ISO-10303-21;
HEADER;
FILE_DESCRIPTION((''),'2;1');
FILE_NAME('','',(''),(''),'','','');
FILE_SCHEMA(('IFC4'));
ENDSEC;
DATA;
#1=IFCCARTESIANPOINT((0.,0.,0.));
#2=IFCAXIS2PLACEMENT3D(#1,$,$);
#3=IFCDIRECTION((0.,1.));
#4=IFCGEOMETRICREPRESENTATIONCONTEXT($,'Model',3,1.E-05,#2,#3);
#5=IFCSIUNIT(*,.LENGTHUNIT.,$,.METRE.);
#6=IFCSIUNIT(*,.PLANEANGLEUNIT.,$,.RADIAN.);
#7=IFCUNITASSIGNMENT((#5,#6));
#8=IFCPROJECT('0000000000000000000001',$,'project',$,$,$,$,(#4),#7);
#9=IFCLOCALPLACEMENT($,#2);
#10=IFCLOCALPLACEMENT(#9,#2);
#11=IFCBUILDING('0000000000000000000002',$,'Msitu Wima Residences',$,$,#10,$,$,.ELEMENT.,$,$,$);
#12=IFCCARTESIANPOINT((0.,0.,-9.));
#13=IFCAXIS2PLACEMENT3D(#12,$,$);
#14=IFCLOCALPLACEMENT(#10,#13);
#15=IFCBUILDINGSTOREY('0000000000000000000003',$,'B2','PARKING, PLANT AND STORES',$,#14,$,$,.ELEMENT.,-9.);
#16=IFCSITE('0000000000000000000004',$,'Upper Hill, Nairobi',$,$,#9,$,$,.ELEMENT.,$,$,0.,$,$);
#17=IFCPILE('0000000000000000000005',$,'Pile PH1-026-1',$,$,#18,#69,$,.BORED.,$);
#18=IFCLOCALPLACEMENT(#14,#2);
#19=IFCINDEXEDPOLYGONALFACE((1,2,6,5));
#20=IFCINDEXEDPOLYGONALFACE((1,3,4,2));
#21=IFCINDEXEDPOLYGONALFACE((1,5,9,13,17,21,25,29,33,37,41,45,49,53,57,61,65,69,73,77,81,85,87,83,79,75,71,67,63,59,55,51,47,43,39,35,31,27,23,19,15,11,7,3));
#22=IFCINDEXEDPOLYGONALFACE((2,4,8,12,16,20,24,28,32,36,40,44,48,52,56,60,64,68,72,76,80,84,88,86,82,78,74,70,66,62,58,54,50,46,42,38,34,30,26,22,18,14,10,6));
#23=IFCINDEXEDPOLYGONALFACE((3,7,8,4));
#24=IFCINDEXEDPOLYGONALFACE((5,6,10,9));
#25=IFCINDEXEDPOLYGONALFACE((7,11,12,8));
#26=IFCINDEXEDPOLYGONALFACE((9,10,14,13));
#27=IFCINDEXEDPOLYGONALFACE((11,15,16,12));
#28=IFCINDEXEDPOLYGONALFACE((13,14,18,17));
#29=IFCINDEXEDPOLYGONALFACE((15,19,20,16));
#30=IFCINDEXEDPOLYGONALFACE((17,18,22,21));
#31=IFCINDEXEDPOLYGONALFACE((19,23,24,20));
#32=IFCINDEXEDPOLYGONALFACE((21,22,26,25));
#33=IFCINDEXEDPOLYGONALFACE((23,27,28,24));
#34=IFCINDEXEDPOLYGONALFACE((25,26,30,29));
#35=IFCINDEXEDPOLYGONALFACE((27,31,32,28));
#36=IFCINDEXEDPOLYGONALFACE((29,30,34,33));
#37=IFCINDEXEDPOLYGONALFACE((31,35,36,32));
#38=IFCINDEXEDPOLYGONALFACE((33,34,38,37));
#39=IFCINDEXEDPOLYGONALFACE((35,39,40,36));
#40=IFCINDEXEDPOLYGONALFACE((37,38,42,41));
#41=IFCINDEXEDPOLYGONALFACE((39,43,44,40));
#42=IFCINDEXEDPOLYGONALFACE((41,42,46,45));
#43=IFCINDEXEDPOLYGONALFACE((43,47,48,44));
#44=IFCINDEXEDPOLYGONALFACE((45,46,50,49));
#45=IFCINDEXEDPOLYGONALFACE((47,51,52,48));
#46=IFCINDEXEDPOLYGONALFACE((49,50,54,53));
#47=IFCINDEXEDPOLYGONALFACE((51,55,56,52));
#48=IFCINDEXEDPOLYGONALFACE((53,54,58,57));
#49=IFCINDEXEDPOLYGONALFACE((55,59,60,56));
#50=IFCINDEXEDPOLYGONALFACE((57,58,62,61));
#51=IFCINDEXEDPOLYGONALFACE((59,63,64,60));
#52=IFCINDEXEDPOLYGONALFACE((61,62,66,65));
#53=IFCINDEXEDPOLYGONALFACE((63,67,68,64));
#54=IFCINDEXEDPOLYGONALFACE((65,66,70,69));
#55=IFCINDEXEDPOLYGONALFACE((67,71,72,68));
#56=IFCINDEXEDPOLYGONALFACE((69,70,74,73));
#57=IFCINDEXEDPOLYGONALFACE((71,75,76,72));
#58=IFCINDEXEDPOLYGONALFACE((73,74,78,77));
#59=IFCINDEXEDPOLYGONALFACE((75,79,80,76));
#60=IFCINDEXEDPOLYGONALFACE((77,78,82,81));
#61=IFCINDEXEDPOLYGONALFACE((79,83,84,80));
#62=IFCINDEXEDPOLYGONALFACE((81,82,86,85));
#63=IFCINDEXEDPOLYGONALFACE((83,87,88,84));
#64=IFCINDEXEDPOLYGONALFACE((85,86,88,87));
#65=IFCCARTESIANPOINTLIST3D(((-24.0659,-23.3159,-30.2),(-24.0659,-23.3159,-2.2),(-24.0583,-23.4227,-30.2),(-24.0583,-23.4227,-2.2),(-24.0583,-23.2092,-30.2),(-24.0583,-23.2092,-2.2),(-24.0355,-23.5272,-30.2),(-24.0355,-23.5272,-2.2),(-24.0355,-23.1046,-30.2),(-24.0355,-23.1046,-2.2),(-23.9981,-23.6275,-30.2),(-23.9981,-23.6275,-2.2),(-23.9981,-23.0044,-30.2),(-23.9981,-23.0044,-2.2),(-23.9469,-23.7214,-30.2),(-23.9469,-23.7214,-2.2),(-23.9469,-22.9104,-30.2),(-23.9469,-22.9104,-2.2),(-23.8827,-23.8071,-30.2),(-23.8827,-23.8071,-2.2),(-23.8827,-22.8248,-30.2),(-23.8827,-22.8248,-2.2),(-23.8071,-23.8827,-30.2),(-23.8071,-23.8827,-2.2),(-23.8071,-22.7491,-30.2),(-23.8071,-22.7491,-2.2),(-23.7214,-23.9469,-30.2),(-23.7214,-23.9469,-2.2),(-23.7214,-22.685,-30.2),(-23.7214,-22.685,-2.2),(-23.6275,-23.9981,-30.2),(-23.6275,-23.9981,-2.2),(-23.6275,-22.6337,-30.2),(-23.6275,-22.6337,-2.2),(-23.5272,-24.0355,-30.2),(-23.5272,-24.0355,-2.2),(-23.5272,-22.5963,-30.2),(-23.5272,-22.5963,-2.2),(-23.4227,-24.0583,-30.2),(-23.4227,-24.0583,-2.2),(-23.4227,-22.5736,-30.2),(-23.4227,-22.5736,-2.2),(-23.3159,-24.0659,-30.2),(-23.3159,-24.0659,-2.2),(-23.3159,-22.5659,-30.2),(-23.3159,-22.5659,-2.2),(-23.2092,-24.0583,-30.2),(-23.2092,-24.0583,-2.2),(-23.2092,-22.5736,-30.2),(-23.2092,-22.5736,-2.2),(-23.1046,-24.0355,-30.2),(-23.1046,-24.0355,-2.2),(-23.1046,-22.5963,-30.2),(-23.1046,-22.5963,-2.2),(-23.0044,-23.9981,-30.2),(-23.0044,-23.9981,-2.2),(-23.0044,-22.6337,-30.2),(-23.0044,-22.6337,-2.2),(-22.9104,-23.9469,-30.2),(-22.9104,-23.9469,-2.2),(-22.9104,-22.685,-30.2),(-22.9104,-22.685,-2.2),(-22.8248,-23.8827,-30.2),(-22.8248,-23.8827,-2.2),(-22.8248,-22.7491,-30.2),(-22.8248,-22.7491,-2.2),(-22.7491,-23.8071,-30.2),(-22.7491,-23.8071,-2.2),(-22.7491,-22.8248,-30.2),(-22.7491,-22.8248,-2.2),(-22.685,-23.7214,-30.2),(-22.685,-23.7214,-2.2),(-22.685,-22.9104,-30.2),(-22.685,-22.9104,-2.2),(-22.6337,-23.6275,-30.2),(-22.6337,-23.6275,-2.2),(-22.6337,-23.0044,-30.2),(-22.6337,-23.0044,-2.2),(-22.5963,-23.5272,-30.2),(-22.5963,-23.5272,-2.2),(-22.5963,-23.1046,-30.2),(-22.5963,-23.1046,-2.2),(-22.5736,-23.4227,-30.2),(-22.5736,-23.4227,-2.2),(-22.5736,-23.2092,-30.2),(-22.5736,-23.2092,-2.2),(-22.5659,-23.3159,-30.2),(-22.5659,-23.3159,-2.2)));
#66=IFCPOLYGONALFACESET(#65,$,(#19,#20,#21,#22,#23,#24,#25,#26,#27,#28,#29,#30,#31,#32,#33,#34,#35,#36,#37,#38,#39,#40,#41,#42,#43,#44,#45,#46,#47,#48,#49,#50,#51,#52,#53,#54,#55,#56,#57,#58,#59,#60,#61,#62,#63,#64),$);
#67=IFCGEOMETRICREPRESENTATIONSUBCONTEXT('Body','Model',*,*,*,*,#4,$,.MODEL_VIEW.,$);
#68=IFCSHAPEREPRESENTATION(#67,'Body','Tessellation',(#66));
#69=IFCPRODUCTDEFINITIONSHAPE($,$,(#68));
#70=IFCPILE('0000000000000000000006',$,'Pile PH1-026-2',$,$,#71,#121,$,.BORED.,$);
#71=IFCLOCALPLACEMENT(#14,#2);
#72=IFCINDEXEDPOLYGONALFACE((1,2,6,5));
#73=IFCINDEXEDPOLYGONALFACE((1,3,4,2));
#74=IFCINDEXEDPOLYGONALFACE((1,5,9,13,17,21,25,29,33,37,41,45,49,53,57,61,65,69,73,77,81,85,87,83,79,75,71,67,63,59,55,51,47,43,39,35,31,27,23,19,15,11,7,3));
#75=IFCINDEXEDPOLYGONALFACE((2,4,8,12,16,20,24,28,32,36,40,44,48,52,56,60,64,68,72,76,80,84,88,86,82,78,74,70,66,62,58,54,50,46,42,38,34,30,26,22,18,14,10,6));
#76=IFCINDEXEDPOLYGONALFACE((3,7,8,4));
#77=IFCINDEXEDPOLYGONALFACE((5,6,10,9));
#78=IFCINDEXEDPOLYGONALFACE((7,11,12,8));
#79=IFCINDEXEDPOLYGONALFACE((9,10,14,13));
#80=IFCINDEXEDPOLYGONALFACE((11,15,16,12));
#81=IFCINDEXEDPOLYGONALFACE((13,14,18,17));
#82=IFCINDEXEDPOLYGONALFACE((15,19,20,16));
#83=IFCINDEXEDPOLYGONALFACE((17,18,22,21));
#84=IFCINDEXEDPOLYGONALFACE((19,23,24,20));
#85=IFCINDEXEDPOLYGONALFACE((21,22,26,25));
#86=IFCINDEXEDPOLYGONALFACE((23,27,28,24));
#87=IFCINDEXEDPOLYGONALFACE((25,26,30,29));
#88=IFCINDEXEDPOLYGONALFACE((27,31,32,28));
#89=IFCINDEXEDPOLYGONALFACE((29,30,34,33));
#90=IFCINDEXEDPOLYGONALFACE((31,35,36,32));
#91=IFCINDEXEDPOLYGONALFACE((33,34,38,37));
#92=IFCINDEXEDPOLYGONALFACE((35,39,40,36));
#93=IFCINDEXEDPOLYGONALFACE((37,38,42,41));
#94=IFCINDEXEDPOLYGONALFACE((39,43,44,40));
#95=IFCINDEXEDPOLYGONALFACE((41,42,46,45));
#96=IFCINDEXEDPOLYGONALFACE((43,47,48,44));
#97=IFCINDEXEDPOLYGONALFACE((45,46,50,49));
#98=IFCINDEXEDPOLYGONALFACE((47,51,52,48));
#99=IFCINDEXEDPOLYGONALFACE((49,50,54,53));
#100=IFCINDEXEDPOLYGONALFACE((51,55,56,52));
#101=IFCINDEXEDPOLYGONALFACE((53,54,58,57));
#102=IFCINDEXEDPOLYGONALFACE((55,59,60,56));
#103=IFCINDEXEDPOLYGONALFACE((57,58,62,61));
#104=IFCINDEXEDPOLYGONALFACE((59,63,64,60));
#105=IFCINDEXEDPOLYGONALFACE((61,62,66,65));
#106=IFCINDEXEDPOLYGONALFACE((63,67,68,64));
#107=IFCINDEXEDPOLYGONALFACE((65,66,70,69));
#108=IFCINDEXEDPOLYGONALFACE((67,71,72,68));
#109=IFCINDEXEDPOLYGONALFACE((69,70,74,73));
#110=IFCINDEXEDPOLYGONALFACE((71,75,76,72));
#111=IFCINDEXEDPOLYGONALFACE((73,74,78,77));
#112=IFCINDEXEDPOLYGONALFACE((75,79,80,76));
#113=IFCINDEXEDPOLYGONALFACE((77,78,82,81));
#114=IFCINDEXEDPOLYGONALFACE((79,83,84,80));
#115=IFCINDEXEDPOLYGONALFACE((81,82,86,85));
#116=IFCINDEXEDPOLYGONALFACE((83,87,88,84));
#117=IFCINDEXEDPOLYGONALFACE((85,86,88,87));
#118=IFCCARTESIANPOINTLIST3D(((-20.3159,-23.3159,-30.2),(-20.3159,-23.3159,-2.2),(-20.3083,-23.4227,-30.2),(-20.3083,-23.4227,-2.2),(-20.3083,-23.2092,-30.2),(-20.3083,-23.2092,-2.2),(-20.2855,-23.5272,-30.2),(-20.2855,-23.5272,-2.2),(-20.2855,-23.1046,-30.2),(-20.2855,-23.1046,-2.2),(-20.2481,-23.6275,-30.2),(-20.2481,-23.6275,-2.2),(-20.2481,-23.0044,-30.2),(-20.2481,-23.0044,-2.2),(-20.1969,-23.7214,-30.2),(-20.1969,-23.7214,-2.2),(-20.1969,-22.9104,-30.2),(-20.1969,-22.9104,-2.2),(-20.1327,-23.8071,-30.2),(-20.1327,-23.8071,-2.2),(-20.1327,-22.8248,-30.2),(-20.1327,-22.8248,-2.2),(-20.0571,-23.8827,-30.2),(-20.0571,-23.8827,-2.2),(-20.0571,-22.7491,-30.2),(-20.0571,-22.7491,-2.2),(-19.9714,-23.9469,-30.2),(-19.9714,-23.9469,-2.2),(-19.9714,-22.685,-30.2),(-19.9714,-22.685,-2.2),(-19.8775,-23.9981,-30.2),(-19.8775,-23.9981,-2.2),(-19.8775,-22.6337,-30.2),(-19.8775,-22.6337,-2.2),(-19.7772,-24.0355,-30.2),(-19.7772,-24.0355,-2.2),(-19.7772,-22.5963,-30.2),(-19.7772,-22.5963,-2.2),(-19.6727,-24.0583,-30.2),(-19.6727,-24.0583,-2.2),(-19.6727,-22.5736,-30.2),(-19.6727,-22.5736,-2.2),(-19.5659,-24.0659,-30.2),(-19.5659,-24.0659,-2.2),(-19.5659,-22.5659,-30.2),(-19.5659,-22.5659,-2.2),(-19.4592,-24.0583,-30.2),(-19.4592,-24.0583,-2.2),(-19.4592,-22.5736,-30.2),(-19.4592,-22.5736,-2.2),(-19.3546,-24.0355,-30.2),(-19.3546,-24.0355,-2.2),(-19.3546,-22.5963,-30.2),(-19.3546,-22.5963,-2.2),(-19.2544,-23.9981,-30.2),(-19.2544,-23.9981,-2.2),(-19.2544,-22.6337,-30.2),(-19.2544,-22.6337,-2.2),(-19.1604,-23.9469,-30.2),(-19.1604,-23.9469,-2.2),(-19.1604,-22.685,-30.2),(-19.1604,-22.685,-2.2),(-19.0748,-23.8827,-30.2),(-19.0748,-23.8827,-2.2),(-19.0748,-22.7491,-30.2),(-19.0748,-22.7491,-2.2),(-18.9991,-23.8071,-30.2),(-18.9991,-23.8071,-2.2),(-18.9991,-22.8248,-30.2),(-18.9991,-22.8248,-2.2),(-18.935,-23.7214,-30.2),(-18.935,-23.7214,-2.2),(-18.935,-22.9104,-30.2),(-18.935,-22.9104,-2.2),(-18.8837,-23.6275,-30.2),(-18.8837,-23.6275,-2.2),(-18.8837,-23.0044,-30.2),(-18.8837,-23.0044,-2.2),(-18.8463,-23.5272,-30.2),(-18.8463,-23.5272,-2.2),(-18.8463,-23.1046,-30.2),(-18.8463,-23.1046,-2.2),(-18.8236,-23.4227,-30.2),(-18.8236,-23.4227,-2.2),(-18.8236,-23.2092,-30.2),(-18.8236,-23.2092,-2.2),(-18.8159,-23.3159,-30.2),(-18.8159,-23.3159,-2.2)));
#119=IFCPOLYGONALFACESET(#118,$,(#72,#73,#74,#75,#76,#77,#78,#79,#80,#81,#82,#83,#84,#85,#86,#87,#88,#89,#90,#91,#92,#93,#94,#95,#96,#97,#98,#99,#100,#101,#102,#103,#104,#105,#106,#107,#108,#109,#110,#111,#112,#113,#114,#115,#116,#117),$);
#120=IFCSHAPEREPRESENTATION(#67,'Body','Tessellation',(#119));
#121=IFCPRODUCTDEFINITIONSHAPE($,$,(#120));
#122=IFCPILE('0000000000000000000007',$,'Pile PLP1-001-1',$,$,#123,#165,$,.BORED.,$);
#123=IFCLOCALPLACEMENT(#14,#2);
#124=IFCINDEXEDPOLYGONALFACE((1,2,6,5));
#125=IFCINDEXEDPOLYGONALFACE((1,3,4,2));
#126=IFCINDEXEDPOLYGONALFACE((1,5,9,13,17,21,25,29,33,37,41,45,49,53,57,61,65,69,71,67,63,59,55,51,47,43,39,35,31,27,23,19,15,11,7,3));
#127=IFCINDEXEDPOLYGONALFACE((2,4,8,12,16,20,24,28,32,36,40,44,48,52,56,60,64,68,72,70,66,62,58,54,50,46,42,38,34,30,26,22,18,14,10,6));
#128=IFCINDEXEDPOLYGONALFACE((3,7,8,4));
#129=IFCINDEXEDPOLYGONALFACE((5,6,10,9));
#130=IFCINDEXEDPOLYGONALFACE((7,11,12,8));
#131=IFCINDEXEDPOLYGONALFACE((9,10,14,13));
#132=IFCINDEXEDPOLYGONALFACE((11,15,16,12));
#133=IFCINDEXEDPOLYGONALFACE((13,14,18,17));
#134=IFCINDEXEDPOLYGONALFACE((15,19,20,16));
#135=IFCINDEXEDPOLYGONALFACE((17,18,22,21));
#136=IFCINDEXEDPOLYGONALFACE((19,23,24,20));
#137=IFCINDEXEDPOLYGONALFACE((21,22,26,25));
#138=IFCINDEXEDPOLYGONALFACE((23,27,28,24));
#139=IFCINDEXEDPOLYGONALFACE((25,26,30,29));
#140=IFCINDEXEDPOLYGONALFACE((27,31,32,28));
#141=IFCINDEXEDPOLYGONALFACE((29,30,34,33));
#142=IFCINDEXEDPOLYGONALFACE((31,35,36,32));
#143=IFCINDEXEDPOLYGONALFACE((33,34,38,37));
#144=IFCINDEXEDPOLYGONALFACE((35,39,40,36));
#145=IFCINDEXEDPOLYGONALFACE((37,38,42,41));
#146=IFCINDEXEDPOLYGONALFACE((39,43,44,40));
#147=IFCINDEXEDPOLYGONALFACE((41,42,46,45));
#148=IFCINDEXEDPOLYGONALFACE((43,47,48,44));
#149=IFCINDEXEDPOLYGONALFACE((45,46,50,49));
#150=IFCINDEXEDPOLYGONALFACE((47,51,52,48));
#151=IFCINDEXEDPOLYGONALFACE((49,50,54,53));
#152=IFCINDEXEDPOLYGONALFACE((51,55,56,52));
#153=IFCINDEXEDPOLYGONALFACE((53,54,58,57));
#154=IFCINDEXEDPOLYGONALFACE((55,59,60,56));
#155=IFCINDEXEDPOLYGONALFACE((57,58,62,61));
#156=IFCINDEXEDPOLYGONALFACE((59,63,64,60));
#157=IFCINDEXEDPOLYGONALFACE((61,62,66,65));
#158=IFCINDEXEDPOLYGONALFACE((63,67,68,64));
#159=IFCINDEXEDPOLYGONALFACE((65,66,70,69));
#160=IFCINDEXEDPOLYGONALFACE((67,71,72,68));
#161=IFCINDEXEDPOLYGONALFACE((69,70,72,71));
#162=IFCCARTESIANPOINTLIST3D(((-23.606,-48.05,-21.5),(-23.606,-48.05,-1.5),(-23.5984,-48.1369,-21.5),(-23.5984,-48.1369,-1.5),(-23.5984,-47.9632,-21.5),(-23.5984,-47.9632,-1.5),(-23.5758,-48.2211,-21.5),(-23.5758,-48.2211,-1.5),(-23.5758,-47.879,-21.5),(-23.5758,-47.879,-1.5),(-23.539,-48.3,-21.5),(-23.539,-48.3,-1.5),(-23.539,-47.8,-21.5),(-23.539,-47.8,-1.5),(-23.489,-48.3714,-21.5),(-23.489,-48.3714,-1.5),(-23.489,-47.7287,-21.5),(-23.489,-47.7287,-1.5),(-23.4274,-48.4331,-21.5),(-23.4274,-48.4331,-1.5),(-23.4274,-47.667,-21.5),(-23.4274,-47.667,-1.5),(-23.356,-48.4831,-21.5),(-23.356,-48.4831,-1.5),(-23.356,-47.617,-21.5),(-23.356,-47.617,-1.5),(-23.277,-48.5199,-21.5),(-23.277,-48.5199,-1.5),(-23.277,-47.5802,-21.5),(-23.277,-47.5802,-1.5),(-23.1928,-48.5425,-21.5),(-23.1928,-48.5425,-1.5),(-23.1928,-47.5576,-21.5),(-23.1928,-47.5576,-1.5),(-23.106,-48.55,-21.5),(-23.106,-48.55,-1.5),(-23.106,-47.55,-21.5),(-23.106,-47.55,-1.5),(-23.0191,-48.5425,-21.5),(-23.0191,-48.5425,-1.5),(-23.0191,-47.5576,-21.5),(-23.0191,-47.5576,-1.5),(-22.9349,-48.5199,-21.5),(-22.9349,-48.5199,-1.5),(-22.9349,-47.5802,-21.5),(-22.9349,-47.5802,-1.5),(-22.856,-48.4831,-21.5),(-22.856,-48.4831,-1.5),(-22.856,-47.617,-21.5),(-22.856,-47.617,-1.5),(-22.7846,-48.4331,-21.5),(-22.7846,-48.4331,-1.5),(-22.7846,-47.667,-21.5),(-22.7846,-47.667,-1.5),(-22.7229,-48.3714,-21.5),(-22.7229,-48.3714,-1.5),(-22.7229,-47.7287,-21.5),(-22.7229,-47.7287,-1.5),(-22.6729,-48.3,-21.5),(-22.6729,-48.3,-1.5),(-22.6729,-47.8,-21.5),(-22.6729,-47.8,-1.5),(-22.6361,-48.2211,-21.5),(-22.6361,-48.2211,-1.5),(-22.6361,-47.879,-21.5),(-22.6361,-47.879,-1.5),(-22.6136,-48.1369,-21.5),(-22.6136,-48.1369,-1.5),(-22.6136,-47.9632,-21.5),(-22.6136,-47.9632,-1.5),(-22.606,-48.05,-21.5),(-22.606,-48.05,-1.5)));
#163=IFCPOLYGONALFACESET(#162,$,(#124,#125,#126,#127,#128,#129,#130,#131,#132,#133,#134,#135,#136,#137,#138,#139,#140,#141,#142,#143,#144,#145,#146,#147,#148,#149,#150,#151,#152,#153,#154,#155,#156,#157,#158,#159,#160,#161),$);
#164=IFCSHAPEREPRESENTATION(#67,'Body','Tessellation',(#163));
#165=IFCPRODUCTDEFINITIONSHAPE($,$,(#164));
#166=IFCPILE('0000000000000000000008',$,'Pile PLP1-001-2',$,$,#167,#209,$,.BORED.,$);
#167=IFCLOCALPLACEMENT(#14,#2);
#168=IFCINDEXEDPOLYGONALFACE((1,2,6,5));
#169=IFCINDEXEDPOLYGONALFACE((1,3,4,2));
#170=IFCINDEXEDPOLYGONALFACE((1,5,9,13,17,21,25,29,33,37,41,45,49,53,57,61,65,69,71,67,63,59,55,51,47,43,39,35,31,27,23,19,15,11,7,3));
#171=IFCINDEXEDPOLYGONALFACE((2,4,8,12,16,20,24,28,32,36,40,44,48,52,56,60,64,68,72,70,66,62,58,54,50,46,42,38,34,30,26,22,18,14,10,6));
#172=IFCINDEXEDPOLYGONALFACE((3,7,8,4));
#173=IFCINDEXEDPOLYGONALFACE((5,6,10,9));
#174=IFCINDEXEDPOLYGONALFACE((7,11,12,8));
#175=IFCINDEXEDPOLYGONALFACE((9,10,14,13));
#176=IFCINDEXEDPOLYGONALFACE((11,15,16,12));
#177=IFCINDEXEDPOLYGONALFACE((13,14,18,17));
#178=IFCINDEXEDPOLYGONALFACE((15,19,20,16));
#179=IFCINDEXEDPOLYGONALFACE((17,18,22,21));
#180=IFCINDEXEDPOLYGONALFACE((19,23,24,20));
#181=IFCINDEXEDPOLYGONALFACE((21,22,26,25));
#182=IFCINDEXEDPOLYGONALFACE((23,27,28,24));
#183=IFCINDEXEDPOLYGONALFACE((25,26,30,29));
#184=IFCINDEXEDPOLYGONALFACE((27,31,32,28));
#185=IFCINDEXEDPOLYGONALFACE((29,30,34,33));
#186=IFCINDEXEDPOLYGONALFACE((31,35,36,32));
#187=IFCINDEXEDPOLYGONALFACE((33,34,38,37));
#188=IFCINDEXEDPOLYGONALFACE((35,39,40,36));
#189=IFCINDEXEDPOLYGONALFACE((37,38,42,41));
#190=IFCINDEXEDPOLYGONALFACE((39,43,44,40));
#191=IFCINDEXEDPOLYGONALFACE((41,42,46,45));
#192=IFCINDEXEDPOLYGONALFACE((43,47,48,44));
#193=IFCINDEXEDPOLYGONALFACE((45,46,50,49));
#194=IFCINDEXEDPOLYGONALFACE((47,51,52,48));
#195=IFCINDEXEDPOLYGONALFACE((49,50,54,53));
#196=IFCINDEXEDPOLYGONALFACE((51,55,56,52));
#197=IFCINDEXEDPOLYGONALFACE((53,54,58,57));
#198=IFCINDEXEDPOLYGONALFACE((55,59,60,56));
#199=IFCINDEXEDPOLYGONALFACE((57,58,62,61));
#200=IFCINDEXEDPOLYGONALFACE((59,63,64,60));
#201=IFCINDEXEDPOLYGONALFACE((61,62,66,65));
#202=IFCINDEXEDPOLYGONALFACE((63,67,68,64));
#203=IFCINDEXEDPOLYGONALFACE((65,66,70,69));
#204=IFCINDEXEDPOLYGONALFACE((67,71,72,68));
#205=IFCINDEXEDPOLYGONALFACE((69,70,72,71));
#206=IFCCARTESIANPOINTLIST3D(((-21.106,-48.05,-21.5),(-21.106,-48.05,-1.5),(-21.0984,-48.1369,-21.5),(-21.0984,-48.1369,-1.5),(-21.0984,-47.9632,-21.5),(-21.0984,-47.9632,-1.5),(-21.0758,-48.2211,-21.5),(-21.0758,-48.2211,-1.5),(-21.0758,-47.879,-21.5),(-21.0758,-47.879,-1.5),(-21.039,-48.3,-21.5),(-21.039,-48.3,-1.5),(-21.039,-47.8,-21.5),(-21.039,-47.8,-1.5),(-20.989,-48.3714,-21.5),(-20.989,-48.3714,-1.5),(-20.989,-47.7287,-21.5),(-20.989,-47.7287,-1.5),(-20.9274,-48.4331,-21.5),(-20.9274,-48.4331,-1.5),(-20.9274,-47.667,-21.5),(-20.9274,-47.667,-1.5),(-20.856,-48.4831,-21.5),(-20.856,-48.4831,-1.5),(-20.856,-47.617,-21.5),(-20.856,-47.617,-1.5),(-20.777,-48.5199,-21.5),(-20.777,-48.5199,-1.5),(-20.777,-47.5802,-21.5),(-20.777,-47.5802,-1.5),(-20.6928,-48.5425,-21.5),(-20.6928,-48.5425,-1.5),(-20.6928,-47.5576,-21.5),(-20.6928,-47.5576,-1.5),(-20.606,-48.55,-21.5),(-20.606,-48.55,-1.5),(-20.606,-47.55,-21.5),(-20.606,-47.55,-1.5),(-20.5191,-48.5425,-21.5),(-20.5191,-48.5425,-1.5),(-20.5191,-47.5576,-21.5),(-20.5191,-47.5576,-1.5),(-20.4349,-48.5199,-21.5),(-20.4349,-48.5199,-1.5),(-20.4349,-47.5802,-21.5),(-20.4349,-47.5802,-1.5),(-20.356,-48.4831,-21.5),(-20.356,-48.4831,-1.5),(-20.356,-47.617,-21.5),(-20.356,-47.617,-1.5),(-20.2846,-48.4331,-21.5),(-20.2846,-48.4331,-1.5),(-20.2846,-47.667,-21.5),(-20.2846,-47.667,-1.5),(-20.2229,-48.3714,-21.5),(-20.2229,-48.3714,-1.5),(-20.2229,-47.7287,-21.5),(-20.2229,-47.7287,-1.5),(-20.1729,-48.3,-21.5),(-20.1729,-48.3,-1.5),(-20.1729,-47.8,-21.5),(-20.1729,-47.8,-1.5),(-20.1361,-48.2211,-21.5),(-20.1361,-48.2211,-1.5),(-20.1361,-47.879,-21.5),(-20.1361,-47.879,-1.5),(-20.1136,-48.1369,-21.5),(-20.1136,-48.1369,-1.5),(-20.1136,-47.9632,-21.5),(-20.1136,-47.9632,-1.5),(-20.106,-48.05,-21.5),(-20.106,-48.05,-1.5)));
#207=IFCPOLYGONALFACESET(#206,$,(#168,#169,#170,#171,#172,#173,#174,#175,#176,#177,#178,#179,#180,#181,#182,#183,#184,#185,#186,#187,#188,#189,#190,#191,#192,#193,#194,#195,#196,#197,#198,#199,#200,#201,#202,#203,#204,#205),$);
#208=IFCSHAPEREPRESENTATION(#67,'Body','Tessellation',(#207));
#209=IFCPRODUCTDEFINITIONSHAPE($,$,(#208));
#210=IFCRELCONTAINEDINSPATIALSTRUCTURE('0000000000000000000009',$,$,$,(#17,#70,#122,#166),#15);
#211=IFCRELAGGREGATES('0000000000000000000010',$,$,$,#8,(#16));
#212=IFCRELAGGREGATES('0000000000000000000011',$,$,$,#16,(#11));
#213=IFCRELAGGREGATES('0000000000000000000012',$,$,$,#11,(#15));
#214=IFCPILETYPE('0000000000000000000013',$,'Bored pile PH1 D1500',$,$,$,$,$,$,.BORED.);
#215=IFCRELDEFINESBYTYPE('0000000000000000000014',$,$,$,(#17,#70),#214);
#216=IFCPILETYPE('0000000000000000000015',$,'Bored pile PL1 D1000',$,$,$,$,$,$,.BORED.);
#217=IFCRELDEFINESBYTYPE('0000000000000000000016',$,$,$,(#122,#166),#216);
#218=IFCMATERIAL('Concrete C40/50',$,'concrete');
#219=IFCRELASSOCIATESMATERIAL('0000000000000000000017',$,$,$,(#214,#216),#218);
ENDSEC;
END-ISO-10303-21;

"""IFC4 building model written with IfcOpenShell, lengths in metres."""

from ifc_helpers import new_model, si_unit, direction, frame, origin, origin_2d, place, context, subcontext, project, spatial, circle, extrude, material, type_object, element, save


model = new_model("IFC4")

# Units and contexts
model_context = context("Model", 3, precision=1e-05, world=origin(), true_north=direction((0.0, 1.0)))
body_context = subcontext(model_context, "Body", "Model", "MODEL_VIEW")
ifc_project = project(units=[si_unit("LENGTHUNIT", "METRE"), si_unit("PLANEANGLEUNIT", "RADIAN")], contexts=[model_context])

# Site, building, storey
site_placement = place(None, origin())
site = spatial("IfcSite", under=ifc_project, at=site_placement, Name="Upper Hill, Nairobi", CompositionType="ELEMENT", RefElevation=0.0)
building_placement = place(site_placement, origin())
building = spatial("IfcBuilding", under=site, at=building_placement, Name="Msitu Wima Residences", CompositionType="ELEMENT")
storey_placement = place(building_placement, frame((0.0, 0.0, -9.0)))
storey = spatial("IfcBuildingStorey", under=building, at=storey_placement, Name="B2", Description="PARKING, PLANT AND STORES", CompositionType="ELEMENT", Elevation=-9.0)

# Piles
ifc_material_1 = material(Name="Concrete C40/50", Category="concrete")
pile_type_1 = type_object("IfcPileType", Name="Bored pile PH1 D1500", PredefinedType="BORED", material=ifc_material_1)
for number, where, z_axis, x_axis, name in (
    (1, (-23.3159, -23.3159, -2.2), (0.0, 0.0, -1.0), (1.0, 0.0, 0.0), "Pile PH1-026-1"),
    (2, (-19.5659, -23.3159, -2.2), (0.0, 0.0, -1.0), (1.0, 0.0, 0.0), "Pile PH1-026-2"),
):
    element("IfcPile", number, at=place(storey_placement, frame(where, z_axis=z_axis, x_axis=x_axis)), inside=storey, type_object=pile_type_1, Name=name, PredefinedType="BORED", context=body_context, shape_type="SweptSolid", body=[
        extrude(circle(Radius=0.75, at=origin_2d()), origin(), (0.0, 0.0, 1.0), 28.0),
    ])
pile_type_2 = type_object("IfcPileType", Name="Bored pile PL1 D1000", PredefinedType="BORED", material=ifc_material_1)
for number, where, z_axis, x_axis, name in (
    (3, (-23.106, -48.05, -1.5), (0.0, 0.0, -1.0), (1.0, 0.0, 0.0), "Pile PLP1-001-1"),
    (4, (-20.606, -48.05, -1.5), (0.0, 0.0, -1.0), (1.0, 0.0, 0.0), "Pile PLP1-001-2"),
):
    element("IfcPile", number, at=place(storey_placement, frame(where, z_axis=z_axis, x_axis=x_axis)), inside=storey, type_object=pile_type_2, Name=name, PredefinedType="BORED", context=body_context, shape_type="SweptSolid", body=[
        extrude(circle(Radius=0.5, at=origin_2d()), origin(), (0.0, 0.0, 1.0), 20.0),
    ])

save(model, "model.ifc")
